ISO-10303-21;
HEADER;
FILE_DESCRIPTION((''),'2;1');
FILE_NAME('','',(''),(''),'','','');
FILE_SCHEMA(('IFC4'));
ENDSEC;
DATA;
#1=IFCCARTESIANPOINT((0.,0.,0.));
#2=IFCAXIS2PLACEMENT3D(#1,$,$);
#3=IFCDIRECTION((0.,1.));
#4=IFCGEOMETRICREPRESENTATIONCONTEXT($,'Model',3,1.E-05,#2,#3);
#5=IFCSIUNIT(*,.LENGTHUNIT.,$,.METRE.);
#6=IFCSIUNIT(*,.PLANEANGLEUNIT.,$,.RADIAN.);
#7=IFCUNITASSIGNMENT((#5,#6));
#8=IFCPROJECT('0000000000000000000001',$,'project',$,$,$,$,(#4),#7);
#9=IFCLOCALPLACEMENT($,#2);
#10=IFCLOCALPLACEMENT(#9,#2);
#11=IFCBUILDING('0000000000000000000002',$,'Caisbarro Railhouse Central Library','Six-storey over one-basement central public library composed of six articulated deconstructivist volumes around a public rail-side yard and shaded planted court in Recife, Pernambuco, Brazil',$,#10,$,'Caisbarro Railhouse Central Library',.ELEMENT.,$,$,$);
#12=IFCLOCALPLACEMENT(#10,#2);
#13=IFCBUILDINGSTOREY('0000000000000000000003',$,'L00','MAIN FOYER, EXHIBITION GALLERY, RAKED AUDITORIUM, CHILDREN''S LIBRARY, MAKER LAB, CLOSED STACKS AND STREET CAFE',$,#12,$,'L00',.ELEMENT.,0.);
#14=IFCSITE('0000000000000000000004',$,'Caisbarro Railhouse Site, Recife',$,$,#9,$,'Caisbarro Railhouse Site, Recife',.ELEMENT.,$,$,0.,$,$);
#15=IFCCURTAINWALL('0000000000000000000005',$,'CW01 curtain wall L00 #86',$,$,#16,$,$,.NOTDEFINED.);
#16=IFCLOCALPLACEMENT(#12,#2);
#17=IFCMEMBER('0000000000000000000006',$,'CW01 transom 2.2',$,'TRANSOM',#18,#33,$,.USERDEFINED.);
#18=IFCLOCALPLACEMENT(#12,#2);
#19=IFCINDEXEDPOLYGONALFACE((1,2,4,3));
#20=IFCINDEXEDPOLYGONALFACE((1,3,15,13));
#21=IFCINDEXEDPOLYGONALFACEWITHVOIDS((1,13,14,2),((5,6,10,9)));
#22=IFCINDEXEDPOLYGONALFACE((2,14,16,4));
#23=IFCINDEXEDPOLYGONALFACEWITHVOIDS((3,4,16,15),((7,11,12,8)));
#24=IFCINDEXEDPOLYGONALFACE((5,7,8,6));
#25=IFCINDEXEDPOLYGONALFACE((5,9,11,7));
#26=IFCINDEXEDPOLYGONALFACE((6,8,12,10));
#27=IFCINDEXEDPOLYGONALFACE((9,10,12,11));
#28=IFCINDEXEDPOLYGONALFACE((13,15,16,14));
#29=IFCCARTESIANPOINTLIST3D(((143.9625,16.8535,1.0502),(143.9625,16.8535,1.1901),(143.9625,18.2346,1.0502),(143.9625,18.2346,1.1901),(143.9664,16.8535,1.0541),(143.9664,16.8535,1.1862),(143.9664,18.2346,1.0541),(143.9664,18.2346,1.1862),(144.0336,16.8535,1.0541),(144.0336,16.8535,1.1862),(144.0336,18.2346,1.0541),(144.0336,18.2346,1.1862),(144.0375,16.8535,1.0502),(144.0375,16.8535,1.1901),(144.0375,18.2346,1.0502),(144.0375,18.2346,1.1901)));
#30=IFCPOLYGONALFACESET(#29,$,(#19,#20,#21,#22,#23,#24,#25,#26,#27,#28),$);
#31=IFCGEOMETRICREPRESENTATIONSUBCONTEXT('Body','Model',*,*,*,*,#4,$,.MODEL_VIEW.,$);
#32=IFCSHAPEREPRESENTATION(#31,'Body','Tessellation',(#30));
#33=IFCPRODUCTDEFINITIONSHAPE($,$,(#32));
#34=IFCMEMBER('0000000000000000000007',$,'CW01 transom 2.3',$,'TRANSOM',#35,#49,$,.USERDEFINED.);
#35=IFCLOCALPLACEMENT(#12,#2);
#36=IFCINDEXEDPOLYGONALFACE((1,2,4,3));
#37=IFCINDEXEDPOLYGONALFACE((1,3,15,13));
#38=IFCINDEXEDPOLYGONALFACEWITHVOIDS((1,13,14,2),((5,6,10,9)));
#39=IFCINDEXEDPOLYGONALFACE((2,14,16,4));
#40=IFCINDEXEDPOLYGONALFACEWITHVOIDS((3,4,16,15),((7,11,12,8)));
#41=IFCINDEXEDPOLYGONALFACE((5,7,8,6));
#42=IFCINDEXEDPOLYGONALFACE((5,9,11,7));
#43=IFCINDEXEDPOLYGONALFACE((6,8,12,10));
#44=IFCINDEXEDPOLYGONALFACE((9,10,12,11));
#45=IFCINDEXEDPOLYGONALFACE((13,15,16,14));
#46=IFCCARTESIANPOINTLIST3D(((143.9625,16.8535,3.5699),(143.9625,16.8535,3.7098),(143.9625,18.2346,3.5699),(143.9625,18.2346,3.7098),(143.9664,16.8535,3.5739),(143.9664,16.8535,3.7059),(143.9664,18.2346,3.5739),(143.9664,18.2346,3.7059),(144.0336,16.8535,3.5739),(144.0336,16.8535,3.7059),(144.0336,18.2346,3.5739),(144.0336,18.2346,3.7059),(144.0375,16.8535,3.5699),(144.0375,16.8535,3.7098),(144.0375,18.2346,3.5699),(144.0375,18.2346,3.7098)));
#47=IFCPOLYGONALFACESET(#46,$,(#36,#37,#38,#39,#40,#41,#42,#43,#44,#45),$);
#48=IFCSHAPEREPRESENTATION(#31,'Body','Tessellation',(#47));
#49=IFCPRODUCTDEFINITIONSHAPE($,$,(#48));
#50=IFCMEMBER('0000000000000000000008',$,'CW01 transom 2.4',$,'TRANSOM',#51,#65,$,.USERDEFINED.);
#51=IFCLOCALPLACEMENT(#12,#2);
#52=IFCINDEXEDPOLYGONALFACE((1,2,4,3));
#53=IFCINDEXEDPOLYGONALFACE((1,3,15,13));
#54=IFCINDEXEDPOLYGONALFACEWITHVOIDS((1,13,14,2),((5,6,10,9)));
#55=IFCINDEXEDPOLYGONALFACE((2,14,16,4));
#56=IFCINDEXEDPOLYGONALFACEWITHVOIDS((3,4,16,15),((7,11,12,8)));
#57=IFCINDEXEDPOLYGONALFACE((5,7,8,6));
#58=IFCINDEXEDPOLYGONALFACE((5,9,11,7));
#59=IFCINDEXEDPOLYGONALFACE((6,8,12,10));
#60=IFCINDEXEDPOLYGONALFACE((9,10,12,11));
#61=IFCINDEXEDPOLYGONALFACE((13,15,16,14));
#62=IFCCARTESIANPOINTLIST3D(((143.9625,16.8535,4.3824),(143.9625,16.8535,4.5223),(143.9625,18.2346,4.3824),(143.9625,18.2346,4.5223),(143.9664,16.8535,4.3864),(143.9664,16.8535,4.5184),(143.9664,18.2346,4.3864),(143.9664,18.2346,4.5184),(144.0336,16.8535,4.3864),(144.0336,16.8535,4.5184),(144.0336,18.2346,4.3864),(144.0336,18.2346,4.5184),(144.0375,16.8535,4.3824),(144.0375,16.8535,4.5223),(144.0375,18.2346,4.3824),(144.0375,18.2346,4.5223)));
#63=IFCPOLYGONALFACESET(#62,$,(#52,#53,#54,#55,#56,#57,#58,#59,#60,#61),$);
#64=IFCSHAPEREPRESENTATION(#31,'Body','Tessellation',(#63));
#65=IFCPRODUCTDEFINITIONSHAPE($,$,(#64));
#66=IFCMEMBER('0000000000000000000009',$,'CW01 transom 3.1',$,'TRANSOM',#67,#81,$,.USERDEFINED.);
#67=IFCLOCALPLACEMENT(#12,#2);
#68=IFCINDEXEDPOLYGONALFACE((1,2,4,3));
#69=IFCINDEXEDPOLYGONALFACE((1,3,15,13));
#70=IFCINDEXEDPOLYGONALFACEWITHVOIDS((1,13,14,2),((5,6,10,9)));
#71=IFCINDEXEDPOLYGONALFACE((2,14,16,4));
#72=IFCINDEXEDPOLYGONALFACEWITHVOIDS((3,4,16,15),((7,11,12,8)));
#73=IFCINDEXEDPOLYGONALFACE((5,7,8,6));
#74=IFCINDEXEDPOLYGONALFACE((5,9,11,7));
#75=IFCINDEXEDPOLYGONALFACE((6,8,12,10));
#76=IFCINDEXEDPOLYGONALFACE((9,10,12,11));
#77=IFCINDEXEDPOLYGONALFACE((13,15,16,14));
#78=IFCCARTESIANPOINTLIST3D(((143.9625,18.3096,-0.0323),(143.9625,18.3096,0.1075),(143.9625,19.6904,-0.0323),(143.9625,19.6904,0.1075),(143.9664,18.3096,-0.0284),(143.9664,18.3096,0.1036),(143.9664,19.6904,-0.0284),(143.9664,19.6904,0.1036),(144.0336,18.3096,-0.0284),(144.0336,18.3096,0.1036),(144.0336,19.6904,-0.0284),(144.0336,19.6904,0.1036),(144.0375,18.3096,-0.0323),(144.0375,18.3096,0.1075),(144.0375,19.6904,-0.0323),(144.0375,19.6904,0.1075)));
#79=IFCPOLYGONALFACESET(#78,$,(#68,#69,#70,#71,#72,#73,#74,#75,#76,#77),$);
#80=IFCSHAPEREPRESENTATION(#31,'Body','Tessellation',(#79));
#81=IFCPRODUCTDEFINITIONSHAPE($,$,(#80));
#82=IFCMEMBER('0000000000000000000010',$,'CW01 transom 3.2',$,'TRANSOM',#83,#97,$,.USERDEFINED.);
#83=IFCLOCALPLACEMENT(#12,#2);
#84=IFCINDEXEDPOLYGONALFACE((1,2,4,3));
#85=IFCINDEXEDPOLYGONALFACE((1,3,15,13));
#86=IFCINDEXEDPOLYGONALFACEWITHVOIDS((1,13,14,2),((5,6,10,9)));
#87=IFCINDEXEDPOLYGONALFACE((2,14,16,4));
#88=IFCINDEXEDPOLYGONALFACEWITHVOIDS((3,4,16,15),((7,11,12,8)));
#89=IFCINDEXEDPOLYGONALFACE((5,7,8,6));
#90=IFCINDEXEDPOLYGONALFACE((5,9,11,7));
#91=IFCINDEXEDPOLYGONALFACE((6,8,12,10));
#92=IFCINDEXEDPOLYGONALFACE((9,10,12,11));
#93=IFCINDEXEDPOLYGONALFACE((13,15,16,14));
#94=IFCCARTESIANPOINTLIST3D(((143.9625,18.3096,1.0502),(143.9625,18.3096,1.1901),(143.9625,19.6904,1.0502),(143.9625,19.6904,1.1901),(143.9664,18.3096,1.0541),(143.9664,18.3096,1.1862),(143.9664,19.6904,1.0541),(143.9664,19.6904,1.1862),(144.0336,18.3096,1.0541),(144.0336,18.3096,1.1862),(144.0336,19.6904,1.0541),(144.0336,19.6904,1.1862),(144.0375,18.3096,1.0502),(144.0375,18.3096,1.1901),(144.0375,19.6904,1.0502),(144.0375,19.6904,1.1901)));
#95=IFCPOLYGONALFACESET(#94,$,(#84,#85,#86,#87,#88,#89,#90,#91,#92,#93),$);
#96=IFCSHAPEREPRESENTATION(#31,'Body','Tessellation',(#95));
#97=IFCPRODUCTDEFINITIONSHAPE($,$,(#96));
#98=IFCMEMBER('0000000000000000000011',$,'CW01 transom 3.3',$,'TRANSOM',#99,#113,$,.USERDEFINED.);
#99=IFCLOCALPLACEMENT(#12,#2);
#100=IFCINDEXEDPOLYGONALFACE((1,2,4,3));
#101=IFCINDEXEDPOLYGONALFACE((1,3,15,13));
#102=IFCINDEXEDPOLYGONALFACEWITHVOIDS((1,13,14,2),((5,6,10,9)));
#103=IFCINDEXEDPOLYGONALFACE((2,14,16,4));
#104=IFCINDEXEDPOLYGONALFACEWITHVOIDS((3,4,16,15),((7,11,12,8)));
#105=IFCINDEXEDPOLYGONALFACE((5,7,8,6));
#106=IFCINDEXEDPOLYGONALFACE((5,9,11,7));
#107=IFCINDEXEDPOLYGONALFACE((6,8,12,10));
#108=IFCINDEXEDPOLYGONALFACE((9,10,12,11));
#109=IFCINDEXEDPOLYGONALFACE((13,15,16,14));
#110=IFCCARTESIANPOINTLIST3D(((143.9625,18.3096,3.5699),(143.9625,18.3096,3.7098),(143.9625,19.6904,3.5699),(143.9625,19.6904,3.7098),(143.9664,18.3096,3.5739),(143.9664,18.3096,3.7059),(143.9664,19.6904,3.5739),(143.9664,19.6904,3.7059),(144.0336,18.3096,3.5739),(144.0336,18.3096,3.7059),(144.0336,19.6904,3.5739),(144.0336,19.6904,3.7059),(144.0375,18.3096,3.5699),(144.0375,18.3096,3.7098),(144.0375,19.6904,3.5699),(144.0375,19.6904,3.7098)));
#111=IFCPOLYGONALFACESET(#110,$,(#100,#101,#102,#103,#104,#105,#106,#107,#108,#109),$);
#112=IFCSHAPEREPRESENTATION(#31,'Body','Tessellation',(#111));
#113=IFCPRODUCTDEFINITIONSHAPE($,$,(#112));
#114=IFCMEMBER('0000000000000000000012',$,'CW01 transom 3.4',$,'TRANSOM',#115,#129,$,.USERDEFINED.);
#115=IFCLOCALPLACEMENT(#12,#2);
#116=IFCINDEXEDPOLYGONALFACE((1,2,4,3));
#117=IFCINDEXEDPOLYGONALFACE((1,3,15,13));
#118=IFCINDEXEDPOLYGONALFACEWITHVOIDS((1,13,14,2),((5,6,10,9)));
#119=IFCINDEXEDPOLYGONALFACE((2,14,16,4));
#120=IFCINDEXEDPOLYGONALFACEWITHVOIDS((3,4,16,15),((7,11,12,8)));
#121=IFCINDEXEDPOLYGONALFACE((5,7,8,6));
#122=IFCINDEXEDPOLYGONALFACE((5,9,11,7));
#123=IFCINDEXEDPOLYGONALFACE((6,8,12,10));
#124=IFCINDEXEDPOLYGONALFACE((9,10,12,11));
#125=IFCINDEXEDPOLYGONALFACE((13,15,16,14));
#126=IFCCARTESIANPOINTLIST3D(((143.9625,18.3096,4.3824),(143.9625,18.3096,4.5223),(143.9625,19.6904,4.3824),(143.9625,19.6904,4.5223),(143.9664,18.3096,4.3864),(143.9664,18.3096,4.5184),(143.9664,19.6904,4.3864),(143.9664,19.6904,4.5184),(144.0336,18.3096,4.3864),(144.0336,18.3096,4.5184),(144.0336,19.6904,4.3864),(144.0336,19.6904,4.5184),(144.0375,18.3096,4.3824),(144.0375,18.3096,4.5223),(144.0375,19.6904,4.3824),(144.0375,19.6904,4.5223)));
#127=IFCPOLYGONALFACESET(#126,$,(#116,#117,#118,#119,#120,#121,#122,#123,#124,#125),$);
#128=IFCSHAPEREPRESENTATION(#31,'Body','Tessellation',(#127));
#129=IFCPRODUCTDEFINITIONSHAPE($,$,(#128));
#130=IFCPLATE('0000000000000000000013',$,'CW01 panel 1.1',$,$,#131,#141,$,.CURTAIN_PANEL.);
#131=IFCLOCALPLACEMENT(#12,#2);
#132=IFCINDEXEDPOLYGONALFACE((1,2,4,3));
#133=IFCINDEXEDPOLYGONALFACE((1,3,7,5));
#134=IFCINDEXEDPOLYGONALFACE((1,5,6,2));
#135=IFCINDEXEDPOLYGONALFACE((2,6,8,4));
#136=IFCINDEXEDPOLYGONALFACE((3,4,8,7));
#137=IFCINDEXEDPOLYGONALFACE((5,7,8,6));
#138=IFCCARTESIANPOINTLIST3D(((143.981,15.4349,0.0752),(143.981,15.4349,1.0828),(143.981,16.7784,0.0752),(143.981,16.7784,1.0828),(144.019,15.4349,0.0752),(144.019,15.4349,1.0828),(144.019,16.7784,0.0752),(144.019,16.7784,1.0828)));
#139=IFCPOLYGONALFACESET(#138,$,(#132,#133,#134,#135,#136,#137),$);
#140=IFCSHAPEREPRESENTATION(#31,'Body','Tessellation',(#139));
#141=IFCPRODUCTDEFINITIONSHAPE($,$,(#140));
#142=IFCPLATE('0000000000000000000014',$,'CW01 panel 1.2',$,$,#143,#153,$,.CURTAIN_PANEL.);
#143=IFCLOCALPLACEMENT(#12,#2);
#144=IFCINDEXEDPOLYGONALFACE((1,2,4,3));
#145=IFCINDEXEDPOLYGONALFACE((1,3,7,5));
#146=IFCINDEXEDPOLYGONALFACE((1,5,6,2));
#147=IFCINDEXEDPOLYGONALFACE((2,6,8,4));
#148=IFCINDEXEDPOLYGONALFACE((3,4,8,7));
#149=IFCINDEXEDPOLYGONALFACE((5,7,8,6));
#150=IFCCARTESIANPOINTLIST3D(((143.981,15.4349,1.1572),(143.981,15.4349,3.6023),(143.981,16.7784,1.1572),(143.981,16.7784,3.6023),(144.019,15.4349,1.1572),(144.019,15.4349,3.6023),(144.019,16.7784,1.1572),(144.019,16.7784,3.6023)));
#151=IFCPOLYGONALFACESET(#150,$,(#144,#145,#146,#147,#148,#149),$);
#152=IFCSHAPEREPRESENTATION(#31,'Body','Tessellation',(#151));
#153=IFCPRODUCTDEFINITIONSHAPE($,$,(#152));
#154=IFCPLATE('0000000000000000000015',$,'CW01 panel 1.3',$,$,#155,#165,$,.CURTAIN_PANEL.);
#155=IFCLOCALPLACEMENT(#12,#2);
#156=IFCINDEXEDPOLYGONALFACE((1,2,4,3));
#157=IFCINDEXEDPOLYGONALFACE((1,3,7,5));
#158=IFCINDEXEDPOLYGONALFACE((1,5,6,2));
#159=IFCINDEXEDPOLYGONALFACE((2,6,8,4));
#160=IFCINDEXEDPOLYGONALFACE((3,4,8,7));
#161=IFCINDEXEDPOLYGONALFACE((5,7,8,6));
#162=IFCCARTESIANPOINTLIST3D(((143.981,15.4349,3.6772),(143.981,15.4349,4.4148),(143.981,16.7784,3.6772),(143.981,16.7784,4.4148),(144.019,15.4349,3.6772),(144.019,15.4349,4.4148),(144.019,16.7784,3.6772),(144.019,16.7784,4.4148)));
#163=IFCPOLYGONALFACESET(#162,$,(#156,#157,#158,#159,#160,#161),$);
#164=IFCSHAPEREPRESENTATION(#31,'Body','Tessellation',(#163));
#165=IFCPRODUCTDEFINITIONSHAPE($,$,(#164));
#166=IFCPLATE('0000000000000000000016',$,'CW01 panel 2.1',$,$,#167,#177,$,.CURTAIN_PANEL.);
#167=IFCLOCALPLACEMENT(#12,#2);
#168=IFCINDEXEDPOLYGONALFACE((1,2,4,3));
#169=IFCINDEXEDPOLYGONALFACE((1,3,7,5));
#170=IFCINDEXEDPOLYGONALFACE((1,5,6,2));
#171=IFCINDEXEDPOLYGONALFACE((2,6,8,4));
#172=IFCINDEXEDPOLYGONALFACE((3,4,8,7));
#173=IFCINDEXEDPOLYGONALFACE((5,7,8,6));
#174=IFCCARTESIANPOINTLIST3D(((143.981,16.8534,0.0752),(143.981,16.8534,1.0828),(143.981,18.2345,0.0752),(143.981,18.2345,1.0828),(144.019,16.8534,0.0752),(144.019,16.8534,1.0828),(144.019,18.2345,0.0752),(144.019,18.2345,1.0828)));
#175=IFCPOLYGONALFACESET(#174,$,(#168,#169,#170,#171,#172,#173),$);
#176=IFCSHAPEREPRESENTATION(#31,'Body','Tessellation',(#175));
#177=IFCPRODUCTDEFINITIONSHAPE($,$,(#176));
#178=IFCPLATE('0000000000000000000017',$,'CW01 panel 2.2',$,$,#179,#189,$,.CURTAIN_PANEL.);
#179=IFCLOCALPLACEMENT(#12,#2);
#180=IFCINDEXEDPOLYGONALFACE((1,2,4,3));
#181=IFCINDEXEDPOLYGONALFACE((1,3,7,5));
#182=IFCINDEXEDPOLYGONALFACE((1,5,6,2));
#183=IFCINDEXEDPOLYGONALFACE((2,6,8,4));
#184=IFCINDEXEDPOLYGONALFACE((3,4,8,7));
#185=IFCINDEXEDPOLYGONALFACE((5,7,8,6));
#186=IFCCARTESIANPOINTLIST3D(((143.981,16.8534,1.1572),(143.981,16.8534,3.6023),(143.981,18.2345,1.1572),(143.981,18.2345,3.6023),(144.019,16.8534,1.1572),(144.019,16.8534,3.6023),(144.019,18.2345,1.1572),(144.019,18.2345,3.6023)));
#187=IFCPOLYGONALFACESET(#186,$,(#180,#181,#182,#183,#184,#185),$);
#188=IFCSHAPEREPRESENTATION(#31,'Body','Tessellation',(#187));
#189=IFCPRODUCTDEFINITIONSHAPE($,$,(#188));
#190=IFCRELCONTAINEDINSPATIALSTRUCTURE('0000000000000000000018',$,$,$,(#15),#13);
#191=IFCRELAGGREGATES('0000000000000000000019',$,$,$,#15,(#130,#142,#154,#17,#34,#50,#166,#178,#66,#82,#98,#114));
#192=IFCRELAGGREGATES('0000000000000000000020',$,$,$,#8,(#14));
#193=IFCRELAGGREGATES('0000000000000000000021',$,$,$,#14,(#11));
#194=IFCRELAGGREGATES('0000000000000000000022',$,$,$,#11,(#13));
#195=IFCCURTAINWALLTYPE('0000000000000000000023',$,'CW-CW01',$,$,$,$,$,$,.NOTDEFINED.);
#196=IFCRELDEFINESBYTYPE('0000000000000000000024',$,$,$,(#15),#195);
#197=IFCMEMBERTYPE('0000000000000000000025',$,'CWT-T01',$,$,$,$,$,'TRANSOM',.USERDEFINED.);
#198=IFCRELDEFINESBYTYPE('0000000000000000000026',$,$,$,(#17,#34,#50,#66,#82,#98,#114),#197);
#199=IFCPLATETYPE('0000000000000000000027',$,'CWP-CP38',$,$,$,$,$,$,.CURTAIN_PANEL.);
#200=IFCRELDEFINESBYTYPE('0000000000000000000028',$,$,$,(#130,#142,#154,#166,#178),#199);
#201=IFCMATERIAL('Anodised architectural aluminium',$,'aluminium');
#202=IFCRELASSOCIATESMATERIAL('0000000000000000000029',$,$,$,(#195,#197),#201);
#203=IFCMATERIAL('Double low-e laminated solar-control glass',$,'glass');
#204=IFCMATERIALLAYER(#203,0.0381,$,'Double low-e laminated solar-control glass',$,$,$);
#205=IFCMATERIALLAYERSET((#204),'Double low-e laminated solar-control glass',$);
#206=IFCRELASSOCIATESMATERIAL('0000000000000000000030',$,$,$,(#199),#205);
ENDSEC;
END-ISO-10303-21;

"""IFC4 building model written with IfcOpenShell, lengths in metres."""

from ifc_helpers import new_model, si_unit, direction, frame, origin, origin_2d, place, context, subcontext, project, spatial, rectangle, hollow_rectangle, extrude, material, layer, layer_set, material_profile, profile_set, type_object, element, aggregate, save


model = new_model("IFC4")

# Units and contexts
model_context = context("Model", 3, precision=1e-05, world=origin(), true_north=direction((0.0, 1.0)))
body_context = subcontext(model_context, "Body", "Model", "MODEL_VIEW")
ifc_project = project(units=[si_unit("LENGTHUNIT", "METRE"), si_unit("PLANEANGLEUNIT", "RADIAN")], contexts=[model_context])

# Site, building, storey
site_placement = place(None, origin())
site = spatial("IfcSite", under=ifc_project, at=site_placement, Name="Caisbarro Railhouse Site, Recife", LongName="Caisbarro Railhouse Site, Recife", CompositionType="ELEMENT", RefElevation=0.0)
building_placement = place(site_placement, origin())
building = spatial("IfcBuilding", under=site, at=building_placement, Name="Caisbarro Railhouse Central Library", Description="Six-storey over one-basement central public library composed of six articulated deconstructivist volumes around a public rail-side yard and shaded planted court in Recife, Pernambuco, Brazil", LongName="Caisbarro Railhouse Central Library", CompositionType="ELEMENT")
storey_placement = place(building_placement, origin())
storey = spatial("IfcBuildingStorey", under=building, at=storey_placement, Name="L00", Description="MAIN FOYER, EXHIBITION GALLERY, RAKED AUDITORIUM, CHILDREN'S LIBRARY, MAKER LAB, CLOSED STACKS AND STREET CAFE", LongName="L00", CompositionType="ELEMENT", Elevation=0.0)

# Curtain wall, members, plates
ifc_material_1 = material(Name="Anodised architectural aluminium", Category="aluminium")
curtain_wall_type = type_object("IfcCurtainWallType", Name="CW-CW01", PredefinedType="NOTDEFINED", material=ifc_material_1)
curtain_wall_placement = place(storey_placement, origin())
curtain_wall = element("IfcCurtainWall", 1, at=curtain_wall_placement, inside=storey, type_object=curtain_wall_type, Name="CW01 curtain wall L00 #86", PredefinedType="NOTDEFINED")
ifc_material_profile_1 = material_profile(ifc_material_1, hollow_rectangle(XDim=0.075, YDim=0.1399, WallThickness=0.0039, at=origin_2d()), Name="ALU-TRN-75X140")
ifc_profile_set_1 = profile_set([ifc_material_profile_1], Name="Anodised architectural aluminium")
member_type_1 = type_object("IfcMemberType", Name="CWT-T01", ElementType="TRANSOM", PredefinedType="USERDEFINED", material=ifc_profile_set_1)
member_1_placement = place(storey_placement, frame((144.0, 16.8535, 1.1201), z_axis=(0.0, 1.0, 0.0), x_axis=(-1.0, 0.0, 0.0)))
member_1 = element("IfcMember", 2, at=member_1_placement, type_object=member_type_1, Name="CW01 transom 2.2", ObjectType="TRANSOM", PredefinedType="USERDEFINED", context=body_context, shape_type="SweptSolid", body=[
    extrude(hollow_rectangle(XDim=0.075, YDim=0.1399, WallThickness=0.0039, at=origin_2d()), origin(), (0.0, 0.0, 1.0), 1.3811),
])
member_2_placement = place(storey_placement, frame((144.0, 16.8535, 3.6399), z_axis=(0.0, 1.0, 0.0), x_axis=(-1.0, 0.0, 0.0)))
member_2 = element("IfcMember", 3, at=member_2_placement, type_object=member_type_1, Name="CW01 transom 2.3", ObjectType="TRANSOM", PredefinedType="USERDEFINED", context=body_context, shape_type="SweptSolid", body=[
    extrude(hollow_rectangle(XDim=0.075, YDim=0.1399, WallThickness=0.0039, at=origin_2d()), origin(), (0.0, 0.0, 1.0), 1.3811),
])
member_3_placement = place(storey_placement, frame((144.0, 16.8535, 4.4524), z_axis=(0.0, 1.0, 0.0), x_axis=(-1.0, 0.0, 0.0)))
member_3 = element("IfcMember", 4, at=member_3_placement, type_object=member_type_1, Name="CW01 transom 2.4", ObjectType="TRANSOM", PredefinedType="USERDEFINED", context=body_context, shape_type="SweptSolid", body=[
    extrude(hollow_rectangle(XDim=0.075, YDim=0.1399, WallThickness=0.0039, at=origin_2d()), origin(), (0.0, 0.0, 1.0), 1.3811),
])
member_4_placement = place(storey_placement, frame((144.0, 18.3096, 0.0376), z_axis=(0.0, 1.0, 0.0), x_axis=(-1.0, 0.0, 0.0)))
member_4 = element("IfcMember", 5, at=member_4_placement, type_object=member_type_1, Name="CW01 transom 3.1", ObjectType="TRANSOM", PredefinedType="USERDEFINED", context=body_context, shape_type="SweptSolid", body=[
    extrude(hollow_rectangle(XDim=0.075, YDim=0.1399, WallThickness=0.0039, at=origin_2d()), origin(), (0.0, 0.0, 1.0), 1.3809),
])
member_5_placement = place(storey_placement, frame((144.0, 18.3096, 1.1201), z_axis=(0.0, 1.0, 0.0), x_axis=(-1.0, 0.0, 0.0)))
member_5 = element("IfcMember", 6, at=member_5_placement, type_object=member_type_1, Name="CW01 transom 3.2", ObjectType="TRANSOM", PredefinedType="USERDEFINED", context=body_context, shape_type="SweptSolid", body=[
    extrude(hollow_rectangle(XDim=0.075, YDim=0.1399, WallThickness=0.0039, at=origin_2d()), origin(), (0.0, 0.0, 1.0), 1.3809),
])
member_6_placement = place(storey_placement, frame((144.0, 18.3096, 3.6399), z_axis=(0.0, 1.0, 0.0), x_axis=(-1.0, 0.0, 0.0)))
member_6 = element("IfcMember", 7, at=member_6_placement, type_object=member_type_1, Name="CW01 transom 3.3", ObjectType="TRANSOM", PredefinedType="USERDEFINED", context=body_context, shape_type="SweptSolid", body=[
    extrude(hollow_rectangle(XDim=0.075, YDim=0.1399, WallThickness=0.0039, at=origin_2d()), origin(), (0.0, 0.0, 1.0), 1.3809),
])
member_7_placement = place(storey_placement, frame((144.0, 18.3096, 4.4524), z_axis=(0.0, 1.0, 0.0), x_axis=(-1.0, 0.0, 0.0)))
member_7 = element("IfcMember", 8, at=member_7_placement, type_object=member_type_1, Name="CW01 transom 3.4", ObjectType="TRANSOM", PredefinedType="USERDEFINED", context=body_context, shape_type="SweptSolid", body=[
    extrude(hollow_rectangle(XDim=0.075, YDim=0.1399, WallThickness=0.0039, at=origin_2d()), origin(), (0.0, 0.0, 1.0), 1.3809),
])
ifc_material_2 = material(Name="Double low-e laminated solar-control glass", Category="glass")
ifc_layer = layer(ifc_material_2, 0.0381, Name="Double low-e laminated solar-control glass")
ifc_layer_set = layer_set([ifc_layer], Name="Double low-e laminated solar-control glass")
plate_type = type_object("IfcPlateType", Name="CWP-CP38", PredefinedType="CURTAIN_PANEL", material=ifc_layer_set)
plate_1_placement = place(storey_placement, frame((144.0, 16.1067, 0.0752), z_axis=(0.0, 0.0, 1.0), x_axis=(0.0, 1.0, 0.0)))
plate_1 = element("IfcPlate", 9, at=plate_1_placement, type_object=plate_type, Name="CW01 panel 1.1", PredefinedType="CURTAIN_PANEL", context=body_context, shape_type="SweptSolid", body=[
    extrude(rectangle(XDim=1.3435, YDim=0.0381, at=origin_2d()), origin(), (0.0, 0.0, 1.0), 1.0076),
])
plate_2_placement = place(storey_placement, frame((144.0, 16.1067, 1.1572), z_axis=(0.0, 0.0, 1.0), x_axis=(0.0, 1.0, 0.0)))
plate_2 = element("IfcPlate", 10, at=plate_2_placement, type_object=plate_type, Name="CW01 panel 1.2", PredefinedType="CURTAIN_PANEL", context=body_context, shape_type="SweptSolid", body=[
    extrude(rectangle(XDim=1.3435, YDim=0.0381, at=origin_2d()), origin(), (0.0, 0.0, 1.0), 2.4451),
])
plate_3_placement = place(storey_placement, frame((144.0, 16.1067, 3.6772), z_axis=(0.0, 0.0, 1.0), x_axis=(0.0, 1.0, 0.0)))
plate_3 = element("IfcPlate", 11, at=plate_3_placement, type_object=plate_type, Name="CW01 panel 1.3", PredefinedType="CURTAIN_PANEL", context=body_context, shape_type="SweptSolid", body=[
    extrude(rectangle(XDim=1.3435, YDim=0.0381, at=origin_2d()), origin(), (0.0, 0.0, 1.0), 0.7375),
])
plate_4_placement = place(storey_placement, frame((144.0, 17.5439, 0.0752), z_axis=(0.0, 0.0, 1.0), x_axis=(0.0, 1.0, 0.0)))
plate_4 = element("IfcPlate", 12, at=plate_4_placement, type_object=plate_type, Name="CW01 panel 2.1", PredefinedType="CURTAIN_PANEL", context=body_context, shape_type="SweptSolid", body=[
    extrude(rectangle(XDim=1.3811, YDim=0.0381, at=origin_2d()), origin(), (0.0, 0.0, 1.0), 1.0076),
])
plate_5_placement = place(storey_placement, frame((144.0, 17.5439, 1.1572), z_axis=(0.0, 0.0, 1.0), x_axis=(0.0, 1.0, 0.0)))
plate_5 = element("IfcPlate", 13, at=plate_5_placement, type_object=plate_type, Name="CW01 panel 2.2", PredefinedType="CURTAIN_PANEL", context=body_context, shape_type="SweptSolid", body=[
    extrude(rectangle(XDim=1.3811, YDim=0.0381, at=origin_2d()), origin(), (0.0, 0.0, 1.0), 2.4451),
])
aggregate(curtain_wall, [plate_1, plate_2, plate_3, member_1, member_2, member_3, plate_4, plate_5, member_4, member_5, member_6, member_7])

save(model, "model.ifc")
